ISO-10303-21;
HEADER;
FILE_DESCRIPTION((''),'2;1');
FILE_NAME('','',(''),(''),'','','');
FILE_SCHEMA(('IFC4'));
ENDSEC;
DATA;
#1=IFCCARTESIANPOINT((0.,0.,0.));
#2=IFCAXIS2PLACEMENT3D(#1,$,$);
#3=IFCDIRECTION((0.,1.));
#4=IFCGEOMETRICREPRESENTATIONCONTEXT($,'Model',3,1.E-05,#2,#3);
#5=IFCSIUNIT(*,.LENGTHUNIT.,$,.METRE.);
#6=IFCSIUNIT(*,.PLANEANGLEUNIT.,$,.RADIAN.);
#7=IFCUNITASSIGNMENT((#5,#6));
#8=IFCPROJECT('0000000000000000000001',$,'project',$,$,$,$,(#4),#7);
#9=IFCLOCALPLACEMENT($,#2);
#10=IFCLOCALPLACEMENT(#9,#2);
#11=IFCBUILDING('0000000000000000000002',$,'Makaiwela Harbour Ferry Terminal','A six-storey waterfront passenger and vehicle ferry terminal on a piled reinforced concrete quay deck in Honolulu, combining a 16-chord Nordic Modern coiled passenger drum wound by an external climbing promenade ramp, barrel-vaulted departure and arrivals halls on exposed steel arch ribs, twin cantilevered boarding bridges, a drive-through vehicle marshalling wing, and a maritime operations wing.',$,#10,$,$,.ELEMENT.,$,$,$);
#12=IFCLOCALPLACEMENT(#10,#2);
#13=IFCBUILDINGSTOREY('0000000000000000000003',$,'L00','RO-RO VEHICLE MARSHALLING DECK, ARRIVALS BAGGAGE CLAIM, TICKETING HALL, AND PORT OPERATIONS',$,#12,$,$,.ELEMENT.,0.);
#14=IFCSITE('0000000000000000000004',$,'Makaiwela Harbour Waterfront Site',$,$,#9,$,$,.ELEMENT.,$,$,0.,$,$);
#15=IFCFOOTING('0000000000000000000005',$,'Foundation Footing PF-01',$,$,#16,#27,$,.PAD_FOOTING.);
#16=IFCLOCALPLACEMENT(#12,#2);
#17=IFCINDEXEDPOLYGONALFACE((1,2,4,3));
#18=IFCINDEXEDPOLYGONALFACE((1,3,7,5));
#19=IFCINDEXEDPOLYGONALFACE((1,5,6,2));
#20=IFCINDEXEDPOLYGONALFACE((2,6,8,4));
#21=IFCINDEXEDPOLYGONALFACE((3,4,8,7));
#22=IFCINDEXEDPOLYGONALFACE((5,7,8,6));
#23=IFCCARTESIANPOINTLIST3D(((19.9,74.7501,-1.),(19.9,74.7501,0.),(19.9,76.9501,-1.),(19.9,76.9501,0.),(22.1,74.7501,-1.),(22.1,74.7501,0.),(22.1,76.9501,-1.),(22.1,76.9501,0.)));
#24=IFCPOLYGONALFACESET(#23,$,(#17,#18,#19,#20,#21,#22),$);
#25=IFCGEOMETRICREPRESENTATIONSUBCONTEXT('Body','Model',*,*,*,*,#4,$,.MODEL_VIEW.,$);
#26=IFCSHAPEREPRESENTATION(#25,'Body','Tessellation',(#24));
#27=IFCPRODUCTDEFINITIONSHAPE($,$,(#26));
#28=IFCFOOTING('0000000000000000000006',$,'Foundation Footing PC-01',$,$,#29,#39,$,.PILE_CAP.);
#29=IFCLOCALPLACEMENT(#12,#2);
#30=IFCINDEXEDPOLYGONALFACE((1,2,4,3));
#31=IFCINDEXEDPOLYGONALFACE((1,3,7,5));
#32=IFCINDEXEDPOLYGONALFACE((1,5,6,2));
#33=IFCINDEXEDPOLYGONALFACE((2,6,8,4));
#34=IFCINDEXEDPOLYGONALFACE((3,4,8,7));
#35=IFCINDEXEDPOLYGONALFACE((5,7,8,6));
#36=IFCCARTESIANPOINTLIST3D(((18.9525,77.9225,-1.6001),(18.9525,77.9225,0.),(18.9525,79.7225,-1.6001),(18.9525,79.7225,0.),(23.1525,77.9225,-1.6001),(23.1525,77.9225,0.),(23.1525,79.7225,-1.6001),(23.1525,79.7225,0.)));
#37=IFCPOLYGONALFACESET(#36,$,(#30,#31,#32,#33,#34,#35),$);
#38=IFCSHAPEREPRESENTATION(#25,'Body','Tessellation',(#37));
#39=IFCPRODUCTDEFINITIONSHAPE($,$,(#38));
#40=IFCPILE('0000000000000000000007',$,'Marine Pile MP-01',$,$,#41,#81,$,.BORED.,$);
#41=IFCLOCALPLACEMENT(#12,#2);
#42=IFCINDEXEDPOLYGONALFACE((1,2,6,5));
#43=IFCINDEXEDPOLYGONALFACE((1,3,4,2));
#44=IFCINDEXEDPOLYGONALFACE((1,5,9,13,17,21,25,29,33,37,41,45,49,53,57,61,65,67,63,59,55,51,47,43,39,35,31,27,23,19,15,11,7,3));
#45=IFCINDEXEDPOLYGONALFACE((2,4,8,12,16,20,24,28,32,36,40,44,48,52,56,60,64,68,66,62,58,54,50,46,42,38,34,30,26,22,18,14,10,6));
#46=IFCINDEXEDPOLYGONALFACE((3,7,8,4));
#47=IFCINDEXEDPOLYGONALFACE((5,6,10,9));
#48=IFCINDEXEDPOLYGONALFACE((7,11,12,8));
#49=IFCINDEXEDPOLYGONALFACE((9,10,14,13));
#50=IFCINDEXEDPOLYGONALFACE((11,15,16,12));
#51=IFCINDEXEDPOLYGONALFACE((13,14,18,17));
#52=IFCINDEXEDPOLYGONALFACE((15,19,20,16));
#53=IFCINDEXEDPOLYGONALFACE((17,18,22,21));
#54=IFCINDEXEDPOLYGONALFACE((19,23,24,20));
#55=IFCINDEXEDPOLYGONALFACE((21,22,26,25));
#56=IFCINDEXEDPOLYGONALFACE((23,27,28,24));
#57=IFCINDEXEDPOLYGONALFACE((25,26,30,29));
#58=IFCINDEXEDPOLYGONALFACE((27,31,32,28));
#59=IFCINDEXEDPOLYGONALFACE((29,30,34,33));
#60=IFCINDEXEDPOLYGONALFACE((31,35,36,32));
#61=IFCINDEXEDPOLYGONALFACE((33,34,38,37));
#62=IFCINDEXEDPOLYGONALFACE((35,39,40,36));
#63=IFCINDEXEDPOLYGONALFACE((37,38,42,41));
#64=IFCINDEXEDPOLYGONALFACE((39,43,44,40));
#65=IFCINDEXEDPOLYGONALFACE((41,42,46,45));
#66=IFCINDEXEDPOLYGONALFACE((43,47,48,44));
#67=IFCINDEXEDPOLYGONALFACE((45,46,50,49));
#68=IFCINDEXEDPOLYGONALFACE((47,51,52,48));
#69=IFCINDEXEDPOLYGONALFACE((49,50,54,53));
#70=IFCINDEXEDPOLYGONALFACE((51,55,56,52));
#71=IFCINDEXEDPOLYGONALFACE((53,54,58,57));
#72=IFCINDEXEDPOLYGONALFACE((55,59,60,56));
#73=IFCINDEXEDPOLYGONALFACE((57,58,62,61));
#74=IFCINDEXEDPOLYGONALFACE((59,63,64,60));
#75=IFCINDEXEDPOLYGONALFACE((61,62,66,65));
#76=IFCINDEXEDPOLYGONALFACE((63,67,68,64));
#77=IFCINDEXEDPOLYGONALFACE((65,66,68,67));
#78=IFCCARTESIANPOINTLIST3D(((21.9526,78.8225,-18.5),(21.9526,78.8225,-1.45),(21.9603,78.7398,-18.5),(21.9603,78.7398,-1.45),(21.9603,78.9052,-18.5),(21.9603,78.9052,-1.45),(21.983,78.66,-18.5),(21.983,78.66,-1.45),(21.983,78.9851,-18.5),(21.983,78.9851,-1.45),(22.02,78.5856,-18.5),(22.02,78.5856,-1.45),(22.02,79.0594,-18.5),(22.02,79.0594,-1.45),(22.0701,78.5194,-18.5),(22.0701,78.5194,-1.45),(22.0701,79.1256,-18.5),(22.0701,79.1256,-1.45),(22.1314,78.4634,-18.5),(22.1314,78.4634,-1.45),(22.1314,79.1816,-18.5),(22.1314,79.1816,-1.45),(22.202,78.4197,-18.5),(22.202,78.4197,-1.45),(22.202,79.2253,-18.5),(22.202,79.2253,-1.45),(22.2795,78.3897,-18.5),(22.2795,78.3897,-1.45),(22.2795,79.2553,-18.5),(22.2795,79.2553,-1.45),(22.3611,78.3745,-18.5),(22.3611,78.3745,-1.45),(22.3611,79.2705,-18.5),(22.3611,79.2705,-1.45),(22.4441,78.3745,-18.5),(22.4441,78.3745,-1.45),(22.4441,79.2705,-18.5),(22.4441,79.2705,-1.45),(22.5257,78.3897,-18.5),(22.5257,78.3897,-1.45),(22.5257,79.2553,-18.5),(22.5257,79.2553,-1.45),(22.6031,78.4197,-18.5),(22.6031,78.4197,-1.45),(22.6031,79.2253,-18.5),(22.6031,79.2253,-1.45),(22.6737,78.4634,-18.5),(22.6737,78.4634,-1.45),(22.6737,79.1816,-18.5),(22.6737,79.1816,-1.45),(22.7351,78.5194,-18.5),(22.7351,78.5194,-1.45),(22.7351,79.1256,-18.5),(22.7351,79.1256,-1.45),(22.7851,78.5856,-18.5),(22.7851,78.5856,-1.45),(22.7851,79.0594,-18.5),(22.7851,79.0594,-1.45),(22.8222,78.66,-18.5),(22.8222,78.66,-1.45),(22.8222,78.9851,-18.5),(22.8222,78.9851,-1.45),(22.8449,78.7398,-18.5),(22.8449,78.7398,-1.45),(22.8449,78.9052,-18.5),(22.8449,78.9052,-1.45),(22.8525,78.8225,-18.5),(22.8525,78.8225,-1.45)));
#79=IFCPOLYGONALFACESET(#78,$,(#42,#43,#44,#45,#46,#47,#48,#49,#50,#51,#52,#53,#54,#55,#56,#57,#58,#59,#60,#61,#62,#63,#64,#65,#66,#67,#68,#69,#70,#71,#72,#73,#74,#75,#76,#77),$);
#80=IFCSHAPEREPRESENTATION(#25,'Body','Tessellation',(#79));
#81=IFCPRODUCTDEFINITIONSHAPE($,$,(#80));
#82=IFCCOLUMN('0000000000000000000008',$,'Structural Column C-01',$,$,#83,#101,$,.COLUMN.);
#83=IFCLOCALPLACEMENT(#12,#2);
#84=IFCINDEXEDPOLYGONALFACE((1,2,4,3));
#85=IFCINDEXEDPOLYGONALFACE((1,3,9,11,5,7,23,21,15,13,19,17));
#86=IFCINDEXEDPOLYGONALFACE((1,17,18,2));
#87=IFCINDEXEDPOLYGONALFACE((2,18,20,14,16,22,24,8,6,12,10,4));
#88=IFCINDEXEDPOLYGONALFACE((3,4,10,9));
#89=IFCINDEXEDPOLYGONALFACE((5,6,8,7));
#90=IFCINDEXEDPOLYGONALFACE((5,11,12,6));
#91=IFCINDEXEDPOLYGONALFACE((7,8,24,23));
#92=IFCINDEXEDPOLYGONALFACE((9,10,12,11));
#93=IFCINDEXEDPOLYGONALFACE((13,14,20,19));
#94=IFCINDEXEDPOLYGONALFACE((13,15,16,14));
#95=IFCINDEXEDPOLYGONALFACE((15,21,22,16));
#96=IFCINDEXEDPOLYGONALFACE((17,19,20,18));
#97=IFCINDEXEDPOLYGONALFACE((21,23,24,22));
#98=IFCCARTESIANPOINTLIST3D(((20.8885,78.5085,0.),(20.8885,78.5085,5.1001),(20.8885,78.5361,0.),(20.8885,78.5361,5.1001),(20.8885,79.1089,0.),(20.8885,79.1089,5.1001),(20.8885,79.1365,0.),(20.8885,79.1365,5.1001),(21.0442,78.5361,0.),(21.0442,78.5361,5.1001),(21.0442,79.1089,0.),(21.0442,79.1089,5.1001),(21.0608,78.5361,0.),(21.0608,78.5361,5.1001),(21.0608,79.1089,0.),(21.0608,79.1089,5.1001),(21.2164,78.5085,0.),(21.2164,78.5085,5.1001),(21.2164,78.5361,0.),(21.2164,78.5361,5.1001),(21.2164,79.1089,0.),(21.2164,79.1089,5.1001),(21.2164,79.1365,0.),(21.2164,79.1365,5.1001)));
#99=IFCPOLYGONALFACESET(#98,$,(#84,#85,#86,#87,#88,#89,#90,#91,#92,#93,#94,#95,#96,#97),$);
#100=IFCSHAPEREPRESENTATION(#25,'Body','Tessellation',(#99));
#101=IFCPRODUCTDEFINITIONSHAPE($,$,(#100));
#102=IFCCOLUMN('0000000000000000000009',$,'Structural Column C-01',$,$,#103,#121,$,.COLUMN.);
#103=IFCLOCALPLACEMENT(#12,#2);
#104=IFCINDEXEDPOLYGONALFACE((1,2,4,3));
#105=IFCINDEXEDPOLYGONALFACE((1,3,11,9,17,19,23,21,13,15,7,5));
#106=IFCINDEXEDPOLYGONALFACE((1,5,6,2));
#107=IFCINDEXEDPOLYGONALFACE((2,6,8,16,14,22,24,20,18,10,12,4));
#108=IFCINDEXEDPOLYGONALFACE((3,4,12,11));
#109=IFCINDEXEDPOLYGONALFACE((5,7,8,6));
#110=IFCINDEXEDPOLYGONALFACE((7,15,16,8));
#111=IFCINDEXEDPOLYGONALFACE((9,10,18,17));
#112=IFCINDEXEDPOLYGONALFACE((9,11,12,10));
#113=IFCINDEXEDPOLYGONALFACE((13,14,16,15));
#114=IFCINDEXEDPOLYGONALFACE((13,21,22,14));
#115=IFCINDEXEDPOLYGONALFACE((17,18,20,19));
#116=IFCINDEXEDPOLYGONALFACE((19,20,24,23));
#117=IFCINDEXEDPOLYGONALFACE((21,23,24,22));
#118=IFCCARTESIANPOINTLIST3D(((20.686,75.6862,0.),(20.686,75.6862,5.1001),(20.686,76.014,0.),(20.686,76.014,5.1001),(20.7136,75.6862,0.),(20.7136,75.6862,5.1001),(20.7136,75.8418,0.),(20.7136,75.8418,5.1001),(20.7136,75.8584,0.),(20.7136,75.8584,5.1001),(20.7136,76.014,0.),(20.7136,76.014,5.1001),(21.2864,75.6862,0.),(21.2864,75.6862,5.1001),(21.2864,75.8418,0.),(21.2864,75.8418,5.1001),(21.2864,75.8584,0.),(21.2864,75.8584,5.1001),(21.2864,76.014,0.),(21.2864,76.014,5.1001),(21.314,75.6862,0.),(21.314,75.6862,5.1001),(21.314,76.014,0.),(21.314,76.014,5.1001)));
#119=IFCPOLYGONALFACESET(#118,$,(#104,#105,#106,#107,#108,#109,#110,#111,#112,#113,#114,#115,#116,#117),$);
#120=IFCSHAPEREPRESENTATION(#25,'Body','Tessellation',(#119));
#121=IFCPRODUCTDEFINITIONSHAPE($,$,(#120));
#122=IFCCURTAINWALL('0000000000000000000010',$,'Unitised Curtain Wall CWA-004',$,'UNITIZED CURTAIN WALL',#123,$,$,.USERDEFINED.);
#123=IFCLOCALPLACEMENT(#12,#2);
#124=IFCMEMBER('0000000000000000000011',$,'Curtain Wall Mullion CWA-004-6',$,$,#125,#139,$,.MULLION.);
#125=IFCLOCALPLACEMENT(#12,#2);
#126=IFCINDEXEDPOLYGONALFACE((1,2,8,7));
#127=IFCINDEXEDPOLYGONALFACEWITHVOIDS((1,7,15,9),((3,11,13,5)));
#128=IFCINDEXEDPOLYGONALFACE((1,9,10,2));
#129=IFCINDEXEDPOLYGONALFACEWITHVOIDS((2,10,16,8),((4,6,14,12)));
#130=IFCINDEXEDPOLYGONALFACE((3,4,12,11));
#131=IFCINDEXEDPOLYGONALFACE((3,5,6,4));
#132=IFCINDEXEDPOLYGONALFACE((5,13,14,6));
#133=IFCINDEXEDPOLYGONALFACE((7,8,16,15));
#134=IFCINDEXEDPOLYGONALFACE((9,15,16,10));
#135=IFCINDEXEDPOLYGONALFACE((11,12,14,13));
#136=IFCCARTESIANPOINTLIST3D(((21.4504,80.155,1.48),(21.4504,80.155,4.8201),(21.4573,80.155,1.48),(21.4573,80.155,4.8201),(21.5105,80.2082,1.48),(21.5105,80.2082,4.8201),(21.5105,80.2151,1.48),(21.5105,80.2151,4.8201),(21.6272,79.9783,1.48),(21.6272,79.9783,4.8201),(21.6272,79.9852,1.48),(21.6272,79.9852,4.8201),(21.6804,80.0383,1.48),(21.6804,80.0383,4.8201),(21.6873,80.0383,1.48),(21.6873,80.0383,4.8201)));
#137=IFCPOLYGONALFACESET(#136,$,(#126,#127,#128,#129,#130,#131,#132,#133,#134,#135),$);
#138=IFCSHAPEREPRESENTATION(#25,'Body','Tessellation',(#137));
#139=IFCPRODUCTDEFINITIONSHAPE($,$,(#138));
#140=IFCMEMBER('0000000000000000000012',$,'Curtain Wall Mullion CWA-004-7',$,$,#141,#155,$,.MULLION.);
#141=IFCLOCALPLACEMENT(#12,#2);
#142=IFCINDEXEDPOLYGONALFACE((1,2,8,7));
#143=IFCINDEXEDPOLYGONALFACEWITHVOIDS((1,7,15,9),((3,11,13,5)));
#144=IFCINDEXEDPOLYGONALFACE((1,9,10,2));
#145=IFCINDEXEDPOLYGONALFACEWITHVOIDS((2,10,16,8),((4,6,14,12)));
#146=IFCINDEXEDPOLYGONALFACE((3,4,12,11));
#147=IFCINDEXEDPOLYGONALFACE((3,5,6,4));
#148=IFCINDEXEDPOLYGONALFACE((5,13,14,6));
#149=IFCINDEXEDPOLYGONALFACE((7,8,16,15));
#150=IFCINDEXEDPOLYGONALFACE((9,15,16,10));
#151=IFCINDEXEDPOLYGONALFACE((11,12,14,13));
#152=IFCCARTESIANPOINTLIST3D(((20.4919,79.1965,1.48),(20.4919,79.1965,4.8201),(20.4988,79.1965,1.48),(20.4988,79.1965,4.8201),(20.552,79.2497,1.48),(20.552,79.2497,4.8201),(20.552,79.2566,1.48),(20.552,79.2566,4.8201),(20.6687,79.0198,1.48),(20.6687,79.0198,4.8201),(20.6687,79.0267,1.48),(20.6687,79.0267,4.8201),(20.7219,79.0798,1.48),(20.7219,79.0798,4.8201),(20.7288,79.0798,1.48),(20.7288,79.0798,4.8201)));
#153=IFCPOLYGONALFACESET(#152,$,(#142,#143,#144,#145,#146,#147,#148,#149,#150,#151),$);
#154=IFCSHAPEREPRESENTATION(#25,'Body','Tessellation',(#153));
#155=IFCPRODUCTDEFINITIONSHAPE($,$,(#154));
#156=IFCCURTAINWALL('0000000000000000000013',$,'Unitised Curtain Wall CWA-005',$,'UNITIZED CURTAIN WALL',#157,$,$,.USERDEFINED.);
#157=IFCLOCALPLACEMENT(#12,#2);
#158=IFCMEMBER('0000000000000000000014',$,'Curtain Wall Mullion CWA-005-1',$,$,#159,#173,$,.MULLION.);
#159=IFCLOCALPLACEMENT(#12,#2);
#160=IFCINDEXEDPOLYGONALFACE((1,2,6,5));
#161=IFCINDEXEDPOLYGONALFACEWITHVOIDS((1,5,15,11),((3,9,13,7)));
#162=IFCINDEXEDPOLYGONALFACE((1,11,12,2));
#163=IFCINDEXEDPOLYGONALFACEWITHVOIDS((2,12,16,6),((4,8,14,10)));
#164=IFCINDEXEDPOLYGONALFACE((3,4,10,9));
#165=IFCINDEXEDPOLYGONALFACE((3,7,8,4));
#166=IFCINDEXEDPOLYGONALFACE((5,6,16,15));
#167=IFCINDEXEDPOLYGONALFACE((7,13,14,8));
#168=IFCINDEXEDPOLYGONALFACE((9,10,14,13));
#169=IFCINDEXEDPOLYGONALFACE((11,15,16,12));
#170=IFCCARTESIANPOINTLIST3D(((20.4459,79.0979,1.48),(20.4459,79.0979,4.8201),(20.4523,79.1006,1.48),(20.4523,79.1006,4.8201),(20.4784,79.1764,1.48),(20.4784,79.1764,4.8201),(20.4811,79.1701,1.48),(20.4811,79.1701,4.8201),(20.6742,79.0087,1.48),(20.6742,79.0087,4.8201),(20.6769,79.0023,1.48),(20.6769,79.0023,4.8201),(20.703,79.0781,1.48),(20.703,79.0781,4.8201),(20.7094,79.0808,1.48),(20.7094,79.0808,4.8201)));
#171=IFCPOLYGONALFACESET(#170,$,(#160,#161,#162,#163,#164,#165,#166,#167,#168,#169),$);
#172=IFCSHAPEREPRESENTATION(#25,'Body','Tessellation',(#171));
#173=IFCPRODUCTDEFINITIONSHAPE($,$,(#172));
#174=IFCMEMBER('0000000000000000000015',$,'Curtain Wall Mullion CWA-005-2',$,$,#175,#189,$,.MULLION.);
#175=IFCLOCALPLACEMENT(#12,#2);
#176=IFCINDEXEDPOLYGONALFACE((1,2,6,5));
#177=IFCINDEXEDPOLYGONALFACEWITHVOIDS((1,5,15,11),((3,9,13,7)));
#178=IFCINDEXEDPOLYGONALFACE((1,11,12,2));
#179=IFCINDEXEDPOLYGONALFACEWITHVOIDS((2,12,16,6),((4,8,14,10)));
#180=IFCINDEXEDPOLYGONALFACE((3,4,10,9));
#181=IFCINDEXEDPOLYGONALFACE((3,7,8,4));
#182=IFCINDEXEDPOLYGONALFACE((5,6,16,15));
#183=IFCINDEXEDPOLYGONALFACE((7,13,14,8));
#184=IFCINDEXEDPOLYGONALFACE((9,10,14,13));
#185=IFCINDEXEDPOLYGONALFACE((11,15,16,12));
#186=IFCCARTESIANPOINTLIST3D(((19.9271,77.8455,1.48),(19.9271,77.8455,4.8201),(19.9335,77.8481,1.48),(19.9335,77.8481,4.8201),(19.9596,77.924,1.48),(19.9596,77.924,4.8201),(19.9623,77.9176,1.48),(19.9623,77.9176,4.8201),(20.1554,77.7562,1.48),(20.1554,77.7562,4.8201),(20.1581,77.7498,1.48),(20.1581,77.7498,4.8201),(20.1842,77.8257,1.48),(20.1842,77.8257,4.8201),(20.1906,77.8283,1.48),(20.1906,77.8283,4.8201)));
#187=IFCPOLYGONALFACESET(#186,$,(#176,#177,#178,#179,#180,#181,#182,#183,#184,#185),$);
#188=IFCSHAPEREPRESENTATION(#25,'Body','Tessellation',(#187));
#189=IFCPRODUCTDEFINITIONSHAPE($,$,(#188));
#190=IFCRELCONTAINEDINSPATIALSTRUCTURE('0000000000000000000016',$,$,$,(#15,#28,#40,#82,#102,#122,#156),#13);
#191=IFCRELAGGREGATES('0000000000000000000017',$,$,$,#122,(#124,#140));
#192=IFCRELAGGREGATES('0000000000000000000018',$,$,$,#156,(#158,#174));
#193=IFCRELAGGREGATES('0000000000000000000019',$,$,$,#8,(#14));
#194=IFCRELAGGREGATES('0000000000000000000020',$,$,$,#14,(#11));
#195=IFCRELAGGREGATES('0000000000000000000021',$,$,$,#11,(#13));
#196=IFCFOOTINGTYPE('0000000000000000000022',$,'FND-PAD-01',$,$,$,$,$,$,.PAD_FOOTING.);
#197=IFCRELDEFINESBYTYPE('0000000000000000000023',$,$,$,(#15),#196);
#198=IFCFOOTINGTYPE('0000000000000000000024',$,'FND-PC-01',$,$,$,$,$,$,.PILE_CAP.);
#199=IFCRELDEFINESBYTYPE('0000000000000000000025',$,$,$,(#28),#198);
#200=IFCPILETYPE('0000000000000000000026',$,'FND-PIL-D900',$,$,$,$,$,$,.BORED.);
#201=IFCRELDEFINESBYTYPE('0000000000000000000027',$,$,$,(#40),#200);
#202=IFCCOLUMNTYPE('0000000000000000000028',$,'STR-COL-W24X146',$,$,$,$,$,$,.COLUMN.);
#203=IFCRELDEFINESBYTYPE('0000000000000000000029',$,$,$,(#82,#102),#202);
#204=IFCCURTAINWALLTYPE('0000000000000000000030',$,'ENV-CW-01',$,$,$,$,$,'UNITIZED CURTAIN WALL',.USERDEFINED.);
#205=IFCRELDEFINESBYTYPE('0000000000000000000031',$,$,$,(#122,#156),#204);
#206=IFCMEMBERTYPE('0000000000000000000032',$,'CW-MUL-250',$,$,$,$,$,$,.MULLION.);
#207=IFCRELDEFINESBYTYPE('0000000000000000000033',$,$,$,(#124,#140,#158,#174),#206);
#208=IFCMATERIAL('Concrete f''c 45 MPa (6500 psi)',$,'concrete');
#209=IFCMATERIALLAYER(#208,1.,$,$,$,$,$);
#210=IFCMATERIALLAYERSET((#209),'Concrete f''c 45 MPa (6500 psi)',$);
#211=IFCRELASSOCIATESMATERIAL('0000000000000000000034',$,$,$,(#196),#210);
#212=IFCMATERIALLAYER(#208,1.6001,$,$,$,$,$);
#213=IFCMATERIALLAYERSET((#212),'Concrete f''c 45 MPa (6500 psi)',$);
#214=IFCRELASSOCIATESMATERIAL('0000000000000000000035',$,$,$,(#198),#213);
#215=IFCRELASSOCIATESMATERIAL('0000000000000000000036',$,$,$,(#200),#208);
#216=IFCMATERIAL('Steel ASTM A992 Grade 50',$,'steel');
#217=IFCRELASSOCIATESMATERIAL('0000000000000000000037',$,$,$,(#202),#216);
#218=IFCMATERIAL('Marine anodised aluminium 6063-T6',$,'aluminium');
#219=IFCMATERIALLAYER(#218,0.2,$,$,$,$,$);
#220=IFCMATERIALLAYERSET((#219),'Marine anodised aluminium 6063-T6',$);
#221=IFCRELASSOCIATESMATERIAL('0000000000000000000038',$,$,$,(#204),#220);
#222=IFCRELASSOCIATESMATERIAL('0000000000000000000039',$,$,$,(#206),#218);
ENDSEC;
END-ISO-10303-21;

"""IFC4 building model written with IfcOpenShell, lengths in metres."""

from ifc_helpers import new_model, si_unit, direction, frame, origin, origin_2d, place, context, subcontext, project, spatial, rectangle, hollow_rectangle, circle, i_section, extrude, material, layer, layer_set, material_profile, profile_set, type_object, element, aggregate, save


model = new_model("IFC4")

# Units and contexts
model_context = context("Model", 3, precision=1e-05, world=origin(), true_north=direction((0.0, 1.0)))
body_context = subcontext(model_context, "Body", "Model", "MODEL_VIEW")
ifc_project = project(units=[si_unit("LENGTHUNIT", "METRE"), si_unit("PLANEANGLEUNIT", "RADIAN")], contexts=[model_context])

# Site, building, storey
site_placement = place(None, origin())
site = spatial("IfcSite", under=ifc_project, at=site_placement, Name="Makaiwela Harbour Waterfront Site", CompositionType="ELEMENT", RefElevation=0.0)
building_placement = place(site_placement, origin())
building = spatial("IfcBuilding", under=site, at=building_placement, Name="Makaiwela Harbour Ferry Terminal", Description="A six-storey waterfront passenger and vehicle ferry terminal on a piled reinforced concrete quay deck in Honolulu, combining a 16-chord Nordic Modern coiled passenger drum wound by an external climbing promenade ramp, barrel-vaulted departure and arrivals halls on exposed steel arch ribs, twin cantilevered boarding bridges, a drive-through vehicle marshalling wing, and a maritime operations wing.", CompositionType="ELEMENT")
storey_placement = place(building_placement, origin())
storey = spatial("IfcBuildingStorey", under=building, at=storey_placement, Name="L00", Description="RO-RO VEHICLE MARSHALLING DECK, ARRIVALS BAGGAGE CLAIM, TICKETING HALL, AND PORT OPERATIONS", CompositionType="ELEMENT", Elevation=0.0)

# Footings
ifc_material_1 = material(Name="Concrete f'c 45 MPa (6500 psi)", Category="concrete")
ifc_layer_1 = layer(ifc_material_1, 1.0)
ifc_layer_set_1 = layer_set([ifc_layer_1], Name="Concrete f'c 45 MPa (6500 psi)")
footing_type_1 = type_object("IfcFootingType", Name="FND-PAD-01", PredefinedType="PAD_FOOTING", material=ifc_layer_set_1)
footing_1_placement = place(storey_placement, frame((21.0, 75.8501, -1.0), z_axis=(0.0, 0.0, 1.0), x_axis=(1.0, 0.0, 0.0)))
element("IfcFooting", 1, at=footing_1_placement, inside=storey, type_object=footing_type_1, Name="Foundation Footing PF-01", PredefinedType="PAD_FOOTING", context=body_context, shape_type="SweptSolid", body=[
    extrude(rectangle(XDim=2.2, YDim=2.2, at=origin_2d()), origin(), (0.0, 0.0, 1.0), 1.0),
])
ifc_layer_2 = layer(ifc_material_1, 1.6001)
ifc_layer_set_2 = layer_set([ifc_layer_2], Name="Concrete f'c 45 MPa (6500 psi)")
footing_type_2 = type_object("IfcFootingType", Name="FND-PC-01", PredefinedType="PILE_CAP", material=ifc_layer_set_2)
footing_2_placement = place(storey_placement, frame((21.0525, 78.8225, -1.6001), z_axis=(0.0, 0.0, 1.0), x_axis=(1.0, 0.0, 0.0)))
element("IfcFooting", 2, at=footing_2_placement, inside=storey, type_object=footing_type_2, Name="Foundation Footing PC-01", PredefinedType="PILE_CAP", context=body_context, shape_type="SweptSolid", body=[
    extrude(rectangle(XDim=4.2, YDim=1.8, at=origin_2d()), origin(), (0.0, 0.0, 1.0), 1.6001),
])

# Pile
ifc_material_profile_1 = material_profile(ifc_material_1, circle(Radius=0.45, at=origin_2d()), Name="PILE-D900")
ifc_profile_set_1 = profile_set([ifc_material_profile_1], Name="Concrete f'c 45 MPa (6500 psi)")
pile_type = type_object("IfcPileType", Name="FND-PIL-D900", PredefinedType="BORED", material=ifc_profile_set_1)
pile_placement = place(storey_placement, frame((22.4026, 78.8225, -1.45), z_axis=(0.0, 0.0, -1.0), x_axis=(1.0, 0.0, 0.0)))
element("IfcPile", 3, at=pile_placement, inside=storey, type_object=pile_type, Name="Marine Pile MP-01", PredefinedType="BORED", context=body_context, shape_type="SweptSolid", body=[
    extrude(circle(Radius=0.45, at=origin_2d()), origin(), (0.0, 0.0, 1.0), 17.05),
])

# Columns
ifc_material_2 = material(Name="Steel ASTM A992 Grade 50", Category="steel")
ifc_material_profile_2 = material_profile(ifc_material_2, i_section(OverallWidth=0.3279, OverallDepth=0.6279, WebThickness=0.0166, FlangeThickness=0.0276, at=origin_2d()), Name="W24X146")
ifc_profile_set_2 = profile_set([ifc_material_profile_2], Name="Steel ASTM A992 Grade 50")
column_type = type_object("IfcColumnType", Name="STR-COL-W24X146", PredefinedType="COLUMN", material=ifc_profile_set_2)
for number, where, z_axis, x_axis, name in (
    (4, (21.0525, 78.8225, 0.0), (0.0, 0.0, 1.0), (1.0, 0.0, 0.0), "Structural Column C-01"),
    (5, (21.0, 75.8501, 0.0), (0.0, 0.0, 1.0), (0.0, 1.0, 0.0), "Structural Column C-01"),
):
    element("IfcColumn", number, at=place(storey_placement, frame(where, z_axis=z_axis, x_axis=x_axis)), inside=storey, type_object=column_type, Name=name, PredefinedType="COLUMN", context=body_context, shape_type="SweptSolid", body=[
        extrude(i_section(OverallWidth=0.3279, OverallDepth=0.6279, WebThickness=0.0166, FlangeThickness=0.0276, at=origin_2d()), origin(), (0.0, 0.0, 1.0), 5.1001),
    ])

# Curtain walls, members
ifc_material_3 = material(Name="Marine anodised aluminium 6063-T6", Category="aluminium")
ifc_layer_3 = layer(ifc_material_3, 0.2)
ifc_layer_set_3 = layer_set([ifc_layer_3], Name="Marine anodised aluminium 6063-T6")
curtain_wall_type = type_object("IfcCurtainWallType", Name="ENV-CW-01", ElementType="UNITIZED CURTAIN WALL", PredefinedType="USERDEFINED", material=ifc_layer_set_3)
curtain_wall_1_placement = place(storey_placement, origin())
curtain_wall_1 = element("IfcCurtainWall", 6, at=curtain_wall_1_placement, inside=storey, type_object=curtain_wall_type, Name="Unitised Curtain Wall CWA-004", ObjectType="UNITIZED CURTAIN WALL", PredefinedType="USERDEFINED")
ifc_material_profile_3 = material_profile(ifc_material_3, hollow_rectangle(XDim=0.085, YDim=0.25, WallThickness=0.0049, at=origin_2d()), Name="CWM-250X85")
ifc_profile_set_3 = profile_set([ifc_material_profile_3], Name="Marine anodised aluminium 6063-T6")
member_type_1 = type_object("IfcMemberType", Name="CW-MUL-250", PredefinedType="MULLION", material=ifc_profile_set_3)
member_1_placement = place(storey_placement, frame((21.5688, 80.0967, 1.48), z_axis=(0.0, 0.0, 1.0), x_axis=(0.707107, 0.707107, 0.0)))
member_1 = element("IfcMember", 7, at=member_1_placement, type_object=member_type_1, Name="Curtain Wall Mullion CWA-004-6", PredefinedType="MULLION", context=body_context, shape_type="SweptSolid", body=[
    extrude(hollow_rectangle(XDim=0.085, YDim=0.25, WallThickness=0.0049, at=origin_2d()), origin(), (0.0, 0.0, 1.0), 3.3401),
])
member_2_placement = place(storey_placement, frame((20.6104, 79.1382, 1.48), z_axis=(0.0, 0.0, 1.0), x_axis=(0.707107, 0.707107, 0.0)))
member_2 = element("IfcMember", 8, at=member_2_placement, type_object=member_type_1, Name="Curtain Wall Mullion CWA-004-7", PredefinedType="MULLION", context=body_context, shape_type="SweptSolid", body=[
    extrude(hollow_rectangle(XDim=0.085, YDim=0.25, WallThickness=0.0049, at=origin_2d()), origin(), (0.0, 0.0, 1.0), 3.3401),
])
curtain_wall_2_placement = place(storey_placement, origin())
curtain_wall_2 = element("IfcCurtainWall", 9, at=curtain_wall_2_placement, inside=storey, type_object=curtain_wall_type, Name="Unitised Curtain Wall CWA-005", ObjectType="UNITIZED CURTAIN WALL", PredefinedType="USERDEFINED")
member_3_placement = place(storey_placement, frame((20.5776, 79.0894, 1.48), z_axis=(0.0, 0.0, 1.0), x_axis=(0.382683, 0.92388, 0.0)))
member_3 = element("IfcMember", 10, at=member_3_placement, type_object=member_type_1, Name="Curtain Wall Mullion CWA-005-1", PredefinedType="MULLION", context=body_context, shape_type="SweptSolid", body=[
    extrude(hollow_rectangle(XDim=0.085, YDim=0.25, WallThickness=0.0049, at=origin_2d()), origin(), (0.0, 0.0, 1.0), 3.3401),
])
member_4_placement = place(storey_placement, frame((20.0588, 77.8369, 1.48), z_axis=(0.0, 0.0, 1.0), x_axis=(0.382683, 0.92388, 0.0)))
member_4 = element("IfcMember", 11, at=member_4_placement, type_object=member_type_1, Name="Curtain Wall Mullion CWA-005-2", PredefinedType="MULLION", context=body_context, shape_type="SweptSolid", body=[
    extrude(hollow_rectangle(XDim=0.085, YDim=0.25, WallThickness=0.0049, at=origin_2d()), origin(), (0.0, 0.0, 1.0), 3.3401),
])

aggregate(curtain_wall_1, [member_1, member_2])
aggregate(curtain_wall_2, [member_3, member_4])

save(model, "model.ifc")
